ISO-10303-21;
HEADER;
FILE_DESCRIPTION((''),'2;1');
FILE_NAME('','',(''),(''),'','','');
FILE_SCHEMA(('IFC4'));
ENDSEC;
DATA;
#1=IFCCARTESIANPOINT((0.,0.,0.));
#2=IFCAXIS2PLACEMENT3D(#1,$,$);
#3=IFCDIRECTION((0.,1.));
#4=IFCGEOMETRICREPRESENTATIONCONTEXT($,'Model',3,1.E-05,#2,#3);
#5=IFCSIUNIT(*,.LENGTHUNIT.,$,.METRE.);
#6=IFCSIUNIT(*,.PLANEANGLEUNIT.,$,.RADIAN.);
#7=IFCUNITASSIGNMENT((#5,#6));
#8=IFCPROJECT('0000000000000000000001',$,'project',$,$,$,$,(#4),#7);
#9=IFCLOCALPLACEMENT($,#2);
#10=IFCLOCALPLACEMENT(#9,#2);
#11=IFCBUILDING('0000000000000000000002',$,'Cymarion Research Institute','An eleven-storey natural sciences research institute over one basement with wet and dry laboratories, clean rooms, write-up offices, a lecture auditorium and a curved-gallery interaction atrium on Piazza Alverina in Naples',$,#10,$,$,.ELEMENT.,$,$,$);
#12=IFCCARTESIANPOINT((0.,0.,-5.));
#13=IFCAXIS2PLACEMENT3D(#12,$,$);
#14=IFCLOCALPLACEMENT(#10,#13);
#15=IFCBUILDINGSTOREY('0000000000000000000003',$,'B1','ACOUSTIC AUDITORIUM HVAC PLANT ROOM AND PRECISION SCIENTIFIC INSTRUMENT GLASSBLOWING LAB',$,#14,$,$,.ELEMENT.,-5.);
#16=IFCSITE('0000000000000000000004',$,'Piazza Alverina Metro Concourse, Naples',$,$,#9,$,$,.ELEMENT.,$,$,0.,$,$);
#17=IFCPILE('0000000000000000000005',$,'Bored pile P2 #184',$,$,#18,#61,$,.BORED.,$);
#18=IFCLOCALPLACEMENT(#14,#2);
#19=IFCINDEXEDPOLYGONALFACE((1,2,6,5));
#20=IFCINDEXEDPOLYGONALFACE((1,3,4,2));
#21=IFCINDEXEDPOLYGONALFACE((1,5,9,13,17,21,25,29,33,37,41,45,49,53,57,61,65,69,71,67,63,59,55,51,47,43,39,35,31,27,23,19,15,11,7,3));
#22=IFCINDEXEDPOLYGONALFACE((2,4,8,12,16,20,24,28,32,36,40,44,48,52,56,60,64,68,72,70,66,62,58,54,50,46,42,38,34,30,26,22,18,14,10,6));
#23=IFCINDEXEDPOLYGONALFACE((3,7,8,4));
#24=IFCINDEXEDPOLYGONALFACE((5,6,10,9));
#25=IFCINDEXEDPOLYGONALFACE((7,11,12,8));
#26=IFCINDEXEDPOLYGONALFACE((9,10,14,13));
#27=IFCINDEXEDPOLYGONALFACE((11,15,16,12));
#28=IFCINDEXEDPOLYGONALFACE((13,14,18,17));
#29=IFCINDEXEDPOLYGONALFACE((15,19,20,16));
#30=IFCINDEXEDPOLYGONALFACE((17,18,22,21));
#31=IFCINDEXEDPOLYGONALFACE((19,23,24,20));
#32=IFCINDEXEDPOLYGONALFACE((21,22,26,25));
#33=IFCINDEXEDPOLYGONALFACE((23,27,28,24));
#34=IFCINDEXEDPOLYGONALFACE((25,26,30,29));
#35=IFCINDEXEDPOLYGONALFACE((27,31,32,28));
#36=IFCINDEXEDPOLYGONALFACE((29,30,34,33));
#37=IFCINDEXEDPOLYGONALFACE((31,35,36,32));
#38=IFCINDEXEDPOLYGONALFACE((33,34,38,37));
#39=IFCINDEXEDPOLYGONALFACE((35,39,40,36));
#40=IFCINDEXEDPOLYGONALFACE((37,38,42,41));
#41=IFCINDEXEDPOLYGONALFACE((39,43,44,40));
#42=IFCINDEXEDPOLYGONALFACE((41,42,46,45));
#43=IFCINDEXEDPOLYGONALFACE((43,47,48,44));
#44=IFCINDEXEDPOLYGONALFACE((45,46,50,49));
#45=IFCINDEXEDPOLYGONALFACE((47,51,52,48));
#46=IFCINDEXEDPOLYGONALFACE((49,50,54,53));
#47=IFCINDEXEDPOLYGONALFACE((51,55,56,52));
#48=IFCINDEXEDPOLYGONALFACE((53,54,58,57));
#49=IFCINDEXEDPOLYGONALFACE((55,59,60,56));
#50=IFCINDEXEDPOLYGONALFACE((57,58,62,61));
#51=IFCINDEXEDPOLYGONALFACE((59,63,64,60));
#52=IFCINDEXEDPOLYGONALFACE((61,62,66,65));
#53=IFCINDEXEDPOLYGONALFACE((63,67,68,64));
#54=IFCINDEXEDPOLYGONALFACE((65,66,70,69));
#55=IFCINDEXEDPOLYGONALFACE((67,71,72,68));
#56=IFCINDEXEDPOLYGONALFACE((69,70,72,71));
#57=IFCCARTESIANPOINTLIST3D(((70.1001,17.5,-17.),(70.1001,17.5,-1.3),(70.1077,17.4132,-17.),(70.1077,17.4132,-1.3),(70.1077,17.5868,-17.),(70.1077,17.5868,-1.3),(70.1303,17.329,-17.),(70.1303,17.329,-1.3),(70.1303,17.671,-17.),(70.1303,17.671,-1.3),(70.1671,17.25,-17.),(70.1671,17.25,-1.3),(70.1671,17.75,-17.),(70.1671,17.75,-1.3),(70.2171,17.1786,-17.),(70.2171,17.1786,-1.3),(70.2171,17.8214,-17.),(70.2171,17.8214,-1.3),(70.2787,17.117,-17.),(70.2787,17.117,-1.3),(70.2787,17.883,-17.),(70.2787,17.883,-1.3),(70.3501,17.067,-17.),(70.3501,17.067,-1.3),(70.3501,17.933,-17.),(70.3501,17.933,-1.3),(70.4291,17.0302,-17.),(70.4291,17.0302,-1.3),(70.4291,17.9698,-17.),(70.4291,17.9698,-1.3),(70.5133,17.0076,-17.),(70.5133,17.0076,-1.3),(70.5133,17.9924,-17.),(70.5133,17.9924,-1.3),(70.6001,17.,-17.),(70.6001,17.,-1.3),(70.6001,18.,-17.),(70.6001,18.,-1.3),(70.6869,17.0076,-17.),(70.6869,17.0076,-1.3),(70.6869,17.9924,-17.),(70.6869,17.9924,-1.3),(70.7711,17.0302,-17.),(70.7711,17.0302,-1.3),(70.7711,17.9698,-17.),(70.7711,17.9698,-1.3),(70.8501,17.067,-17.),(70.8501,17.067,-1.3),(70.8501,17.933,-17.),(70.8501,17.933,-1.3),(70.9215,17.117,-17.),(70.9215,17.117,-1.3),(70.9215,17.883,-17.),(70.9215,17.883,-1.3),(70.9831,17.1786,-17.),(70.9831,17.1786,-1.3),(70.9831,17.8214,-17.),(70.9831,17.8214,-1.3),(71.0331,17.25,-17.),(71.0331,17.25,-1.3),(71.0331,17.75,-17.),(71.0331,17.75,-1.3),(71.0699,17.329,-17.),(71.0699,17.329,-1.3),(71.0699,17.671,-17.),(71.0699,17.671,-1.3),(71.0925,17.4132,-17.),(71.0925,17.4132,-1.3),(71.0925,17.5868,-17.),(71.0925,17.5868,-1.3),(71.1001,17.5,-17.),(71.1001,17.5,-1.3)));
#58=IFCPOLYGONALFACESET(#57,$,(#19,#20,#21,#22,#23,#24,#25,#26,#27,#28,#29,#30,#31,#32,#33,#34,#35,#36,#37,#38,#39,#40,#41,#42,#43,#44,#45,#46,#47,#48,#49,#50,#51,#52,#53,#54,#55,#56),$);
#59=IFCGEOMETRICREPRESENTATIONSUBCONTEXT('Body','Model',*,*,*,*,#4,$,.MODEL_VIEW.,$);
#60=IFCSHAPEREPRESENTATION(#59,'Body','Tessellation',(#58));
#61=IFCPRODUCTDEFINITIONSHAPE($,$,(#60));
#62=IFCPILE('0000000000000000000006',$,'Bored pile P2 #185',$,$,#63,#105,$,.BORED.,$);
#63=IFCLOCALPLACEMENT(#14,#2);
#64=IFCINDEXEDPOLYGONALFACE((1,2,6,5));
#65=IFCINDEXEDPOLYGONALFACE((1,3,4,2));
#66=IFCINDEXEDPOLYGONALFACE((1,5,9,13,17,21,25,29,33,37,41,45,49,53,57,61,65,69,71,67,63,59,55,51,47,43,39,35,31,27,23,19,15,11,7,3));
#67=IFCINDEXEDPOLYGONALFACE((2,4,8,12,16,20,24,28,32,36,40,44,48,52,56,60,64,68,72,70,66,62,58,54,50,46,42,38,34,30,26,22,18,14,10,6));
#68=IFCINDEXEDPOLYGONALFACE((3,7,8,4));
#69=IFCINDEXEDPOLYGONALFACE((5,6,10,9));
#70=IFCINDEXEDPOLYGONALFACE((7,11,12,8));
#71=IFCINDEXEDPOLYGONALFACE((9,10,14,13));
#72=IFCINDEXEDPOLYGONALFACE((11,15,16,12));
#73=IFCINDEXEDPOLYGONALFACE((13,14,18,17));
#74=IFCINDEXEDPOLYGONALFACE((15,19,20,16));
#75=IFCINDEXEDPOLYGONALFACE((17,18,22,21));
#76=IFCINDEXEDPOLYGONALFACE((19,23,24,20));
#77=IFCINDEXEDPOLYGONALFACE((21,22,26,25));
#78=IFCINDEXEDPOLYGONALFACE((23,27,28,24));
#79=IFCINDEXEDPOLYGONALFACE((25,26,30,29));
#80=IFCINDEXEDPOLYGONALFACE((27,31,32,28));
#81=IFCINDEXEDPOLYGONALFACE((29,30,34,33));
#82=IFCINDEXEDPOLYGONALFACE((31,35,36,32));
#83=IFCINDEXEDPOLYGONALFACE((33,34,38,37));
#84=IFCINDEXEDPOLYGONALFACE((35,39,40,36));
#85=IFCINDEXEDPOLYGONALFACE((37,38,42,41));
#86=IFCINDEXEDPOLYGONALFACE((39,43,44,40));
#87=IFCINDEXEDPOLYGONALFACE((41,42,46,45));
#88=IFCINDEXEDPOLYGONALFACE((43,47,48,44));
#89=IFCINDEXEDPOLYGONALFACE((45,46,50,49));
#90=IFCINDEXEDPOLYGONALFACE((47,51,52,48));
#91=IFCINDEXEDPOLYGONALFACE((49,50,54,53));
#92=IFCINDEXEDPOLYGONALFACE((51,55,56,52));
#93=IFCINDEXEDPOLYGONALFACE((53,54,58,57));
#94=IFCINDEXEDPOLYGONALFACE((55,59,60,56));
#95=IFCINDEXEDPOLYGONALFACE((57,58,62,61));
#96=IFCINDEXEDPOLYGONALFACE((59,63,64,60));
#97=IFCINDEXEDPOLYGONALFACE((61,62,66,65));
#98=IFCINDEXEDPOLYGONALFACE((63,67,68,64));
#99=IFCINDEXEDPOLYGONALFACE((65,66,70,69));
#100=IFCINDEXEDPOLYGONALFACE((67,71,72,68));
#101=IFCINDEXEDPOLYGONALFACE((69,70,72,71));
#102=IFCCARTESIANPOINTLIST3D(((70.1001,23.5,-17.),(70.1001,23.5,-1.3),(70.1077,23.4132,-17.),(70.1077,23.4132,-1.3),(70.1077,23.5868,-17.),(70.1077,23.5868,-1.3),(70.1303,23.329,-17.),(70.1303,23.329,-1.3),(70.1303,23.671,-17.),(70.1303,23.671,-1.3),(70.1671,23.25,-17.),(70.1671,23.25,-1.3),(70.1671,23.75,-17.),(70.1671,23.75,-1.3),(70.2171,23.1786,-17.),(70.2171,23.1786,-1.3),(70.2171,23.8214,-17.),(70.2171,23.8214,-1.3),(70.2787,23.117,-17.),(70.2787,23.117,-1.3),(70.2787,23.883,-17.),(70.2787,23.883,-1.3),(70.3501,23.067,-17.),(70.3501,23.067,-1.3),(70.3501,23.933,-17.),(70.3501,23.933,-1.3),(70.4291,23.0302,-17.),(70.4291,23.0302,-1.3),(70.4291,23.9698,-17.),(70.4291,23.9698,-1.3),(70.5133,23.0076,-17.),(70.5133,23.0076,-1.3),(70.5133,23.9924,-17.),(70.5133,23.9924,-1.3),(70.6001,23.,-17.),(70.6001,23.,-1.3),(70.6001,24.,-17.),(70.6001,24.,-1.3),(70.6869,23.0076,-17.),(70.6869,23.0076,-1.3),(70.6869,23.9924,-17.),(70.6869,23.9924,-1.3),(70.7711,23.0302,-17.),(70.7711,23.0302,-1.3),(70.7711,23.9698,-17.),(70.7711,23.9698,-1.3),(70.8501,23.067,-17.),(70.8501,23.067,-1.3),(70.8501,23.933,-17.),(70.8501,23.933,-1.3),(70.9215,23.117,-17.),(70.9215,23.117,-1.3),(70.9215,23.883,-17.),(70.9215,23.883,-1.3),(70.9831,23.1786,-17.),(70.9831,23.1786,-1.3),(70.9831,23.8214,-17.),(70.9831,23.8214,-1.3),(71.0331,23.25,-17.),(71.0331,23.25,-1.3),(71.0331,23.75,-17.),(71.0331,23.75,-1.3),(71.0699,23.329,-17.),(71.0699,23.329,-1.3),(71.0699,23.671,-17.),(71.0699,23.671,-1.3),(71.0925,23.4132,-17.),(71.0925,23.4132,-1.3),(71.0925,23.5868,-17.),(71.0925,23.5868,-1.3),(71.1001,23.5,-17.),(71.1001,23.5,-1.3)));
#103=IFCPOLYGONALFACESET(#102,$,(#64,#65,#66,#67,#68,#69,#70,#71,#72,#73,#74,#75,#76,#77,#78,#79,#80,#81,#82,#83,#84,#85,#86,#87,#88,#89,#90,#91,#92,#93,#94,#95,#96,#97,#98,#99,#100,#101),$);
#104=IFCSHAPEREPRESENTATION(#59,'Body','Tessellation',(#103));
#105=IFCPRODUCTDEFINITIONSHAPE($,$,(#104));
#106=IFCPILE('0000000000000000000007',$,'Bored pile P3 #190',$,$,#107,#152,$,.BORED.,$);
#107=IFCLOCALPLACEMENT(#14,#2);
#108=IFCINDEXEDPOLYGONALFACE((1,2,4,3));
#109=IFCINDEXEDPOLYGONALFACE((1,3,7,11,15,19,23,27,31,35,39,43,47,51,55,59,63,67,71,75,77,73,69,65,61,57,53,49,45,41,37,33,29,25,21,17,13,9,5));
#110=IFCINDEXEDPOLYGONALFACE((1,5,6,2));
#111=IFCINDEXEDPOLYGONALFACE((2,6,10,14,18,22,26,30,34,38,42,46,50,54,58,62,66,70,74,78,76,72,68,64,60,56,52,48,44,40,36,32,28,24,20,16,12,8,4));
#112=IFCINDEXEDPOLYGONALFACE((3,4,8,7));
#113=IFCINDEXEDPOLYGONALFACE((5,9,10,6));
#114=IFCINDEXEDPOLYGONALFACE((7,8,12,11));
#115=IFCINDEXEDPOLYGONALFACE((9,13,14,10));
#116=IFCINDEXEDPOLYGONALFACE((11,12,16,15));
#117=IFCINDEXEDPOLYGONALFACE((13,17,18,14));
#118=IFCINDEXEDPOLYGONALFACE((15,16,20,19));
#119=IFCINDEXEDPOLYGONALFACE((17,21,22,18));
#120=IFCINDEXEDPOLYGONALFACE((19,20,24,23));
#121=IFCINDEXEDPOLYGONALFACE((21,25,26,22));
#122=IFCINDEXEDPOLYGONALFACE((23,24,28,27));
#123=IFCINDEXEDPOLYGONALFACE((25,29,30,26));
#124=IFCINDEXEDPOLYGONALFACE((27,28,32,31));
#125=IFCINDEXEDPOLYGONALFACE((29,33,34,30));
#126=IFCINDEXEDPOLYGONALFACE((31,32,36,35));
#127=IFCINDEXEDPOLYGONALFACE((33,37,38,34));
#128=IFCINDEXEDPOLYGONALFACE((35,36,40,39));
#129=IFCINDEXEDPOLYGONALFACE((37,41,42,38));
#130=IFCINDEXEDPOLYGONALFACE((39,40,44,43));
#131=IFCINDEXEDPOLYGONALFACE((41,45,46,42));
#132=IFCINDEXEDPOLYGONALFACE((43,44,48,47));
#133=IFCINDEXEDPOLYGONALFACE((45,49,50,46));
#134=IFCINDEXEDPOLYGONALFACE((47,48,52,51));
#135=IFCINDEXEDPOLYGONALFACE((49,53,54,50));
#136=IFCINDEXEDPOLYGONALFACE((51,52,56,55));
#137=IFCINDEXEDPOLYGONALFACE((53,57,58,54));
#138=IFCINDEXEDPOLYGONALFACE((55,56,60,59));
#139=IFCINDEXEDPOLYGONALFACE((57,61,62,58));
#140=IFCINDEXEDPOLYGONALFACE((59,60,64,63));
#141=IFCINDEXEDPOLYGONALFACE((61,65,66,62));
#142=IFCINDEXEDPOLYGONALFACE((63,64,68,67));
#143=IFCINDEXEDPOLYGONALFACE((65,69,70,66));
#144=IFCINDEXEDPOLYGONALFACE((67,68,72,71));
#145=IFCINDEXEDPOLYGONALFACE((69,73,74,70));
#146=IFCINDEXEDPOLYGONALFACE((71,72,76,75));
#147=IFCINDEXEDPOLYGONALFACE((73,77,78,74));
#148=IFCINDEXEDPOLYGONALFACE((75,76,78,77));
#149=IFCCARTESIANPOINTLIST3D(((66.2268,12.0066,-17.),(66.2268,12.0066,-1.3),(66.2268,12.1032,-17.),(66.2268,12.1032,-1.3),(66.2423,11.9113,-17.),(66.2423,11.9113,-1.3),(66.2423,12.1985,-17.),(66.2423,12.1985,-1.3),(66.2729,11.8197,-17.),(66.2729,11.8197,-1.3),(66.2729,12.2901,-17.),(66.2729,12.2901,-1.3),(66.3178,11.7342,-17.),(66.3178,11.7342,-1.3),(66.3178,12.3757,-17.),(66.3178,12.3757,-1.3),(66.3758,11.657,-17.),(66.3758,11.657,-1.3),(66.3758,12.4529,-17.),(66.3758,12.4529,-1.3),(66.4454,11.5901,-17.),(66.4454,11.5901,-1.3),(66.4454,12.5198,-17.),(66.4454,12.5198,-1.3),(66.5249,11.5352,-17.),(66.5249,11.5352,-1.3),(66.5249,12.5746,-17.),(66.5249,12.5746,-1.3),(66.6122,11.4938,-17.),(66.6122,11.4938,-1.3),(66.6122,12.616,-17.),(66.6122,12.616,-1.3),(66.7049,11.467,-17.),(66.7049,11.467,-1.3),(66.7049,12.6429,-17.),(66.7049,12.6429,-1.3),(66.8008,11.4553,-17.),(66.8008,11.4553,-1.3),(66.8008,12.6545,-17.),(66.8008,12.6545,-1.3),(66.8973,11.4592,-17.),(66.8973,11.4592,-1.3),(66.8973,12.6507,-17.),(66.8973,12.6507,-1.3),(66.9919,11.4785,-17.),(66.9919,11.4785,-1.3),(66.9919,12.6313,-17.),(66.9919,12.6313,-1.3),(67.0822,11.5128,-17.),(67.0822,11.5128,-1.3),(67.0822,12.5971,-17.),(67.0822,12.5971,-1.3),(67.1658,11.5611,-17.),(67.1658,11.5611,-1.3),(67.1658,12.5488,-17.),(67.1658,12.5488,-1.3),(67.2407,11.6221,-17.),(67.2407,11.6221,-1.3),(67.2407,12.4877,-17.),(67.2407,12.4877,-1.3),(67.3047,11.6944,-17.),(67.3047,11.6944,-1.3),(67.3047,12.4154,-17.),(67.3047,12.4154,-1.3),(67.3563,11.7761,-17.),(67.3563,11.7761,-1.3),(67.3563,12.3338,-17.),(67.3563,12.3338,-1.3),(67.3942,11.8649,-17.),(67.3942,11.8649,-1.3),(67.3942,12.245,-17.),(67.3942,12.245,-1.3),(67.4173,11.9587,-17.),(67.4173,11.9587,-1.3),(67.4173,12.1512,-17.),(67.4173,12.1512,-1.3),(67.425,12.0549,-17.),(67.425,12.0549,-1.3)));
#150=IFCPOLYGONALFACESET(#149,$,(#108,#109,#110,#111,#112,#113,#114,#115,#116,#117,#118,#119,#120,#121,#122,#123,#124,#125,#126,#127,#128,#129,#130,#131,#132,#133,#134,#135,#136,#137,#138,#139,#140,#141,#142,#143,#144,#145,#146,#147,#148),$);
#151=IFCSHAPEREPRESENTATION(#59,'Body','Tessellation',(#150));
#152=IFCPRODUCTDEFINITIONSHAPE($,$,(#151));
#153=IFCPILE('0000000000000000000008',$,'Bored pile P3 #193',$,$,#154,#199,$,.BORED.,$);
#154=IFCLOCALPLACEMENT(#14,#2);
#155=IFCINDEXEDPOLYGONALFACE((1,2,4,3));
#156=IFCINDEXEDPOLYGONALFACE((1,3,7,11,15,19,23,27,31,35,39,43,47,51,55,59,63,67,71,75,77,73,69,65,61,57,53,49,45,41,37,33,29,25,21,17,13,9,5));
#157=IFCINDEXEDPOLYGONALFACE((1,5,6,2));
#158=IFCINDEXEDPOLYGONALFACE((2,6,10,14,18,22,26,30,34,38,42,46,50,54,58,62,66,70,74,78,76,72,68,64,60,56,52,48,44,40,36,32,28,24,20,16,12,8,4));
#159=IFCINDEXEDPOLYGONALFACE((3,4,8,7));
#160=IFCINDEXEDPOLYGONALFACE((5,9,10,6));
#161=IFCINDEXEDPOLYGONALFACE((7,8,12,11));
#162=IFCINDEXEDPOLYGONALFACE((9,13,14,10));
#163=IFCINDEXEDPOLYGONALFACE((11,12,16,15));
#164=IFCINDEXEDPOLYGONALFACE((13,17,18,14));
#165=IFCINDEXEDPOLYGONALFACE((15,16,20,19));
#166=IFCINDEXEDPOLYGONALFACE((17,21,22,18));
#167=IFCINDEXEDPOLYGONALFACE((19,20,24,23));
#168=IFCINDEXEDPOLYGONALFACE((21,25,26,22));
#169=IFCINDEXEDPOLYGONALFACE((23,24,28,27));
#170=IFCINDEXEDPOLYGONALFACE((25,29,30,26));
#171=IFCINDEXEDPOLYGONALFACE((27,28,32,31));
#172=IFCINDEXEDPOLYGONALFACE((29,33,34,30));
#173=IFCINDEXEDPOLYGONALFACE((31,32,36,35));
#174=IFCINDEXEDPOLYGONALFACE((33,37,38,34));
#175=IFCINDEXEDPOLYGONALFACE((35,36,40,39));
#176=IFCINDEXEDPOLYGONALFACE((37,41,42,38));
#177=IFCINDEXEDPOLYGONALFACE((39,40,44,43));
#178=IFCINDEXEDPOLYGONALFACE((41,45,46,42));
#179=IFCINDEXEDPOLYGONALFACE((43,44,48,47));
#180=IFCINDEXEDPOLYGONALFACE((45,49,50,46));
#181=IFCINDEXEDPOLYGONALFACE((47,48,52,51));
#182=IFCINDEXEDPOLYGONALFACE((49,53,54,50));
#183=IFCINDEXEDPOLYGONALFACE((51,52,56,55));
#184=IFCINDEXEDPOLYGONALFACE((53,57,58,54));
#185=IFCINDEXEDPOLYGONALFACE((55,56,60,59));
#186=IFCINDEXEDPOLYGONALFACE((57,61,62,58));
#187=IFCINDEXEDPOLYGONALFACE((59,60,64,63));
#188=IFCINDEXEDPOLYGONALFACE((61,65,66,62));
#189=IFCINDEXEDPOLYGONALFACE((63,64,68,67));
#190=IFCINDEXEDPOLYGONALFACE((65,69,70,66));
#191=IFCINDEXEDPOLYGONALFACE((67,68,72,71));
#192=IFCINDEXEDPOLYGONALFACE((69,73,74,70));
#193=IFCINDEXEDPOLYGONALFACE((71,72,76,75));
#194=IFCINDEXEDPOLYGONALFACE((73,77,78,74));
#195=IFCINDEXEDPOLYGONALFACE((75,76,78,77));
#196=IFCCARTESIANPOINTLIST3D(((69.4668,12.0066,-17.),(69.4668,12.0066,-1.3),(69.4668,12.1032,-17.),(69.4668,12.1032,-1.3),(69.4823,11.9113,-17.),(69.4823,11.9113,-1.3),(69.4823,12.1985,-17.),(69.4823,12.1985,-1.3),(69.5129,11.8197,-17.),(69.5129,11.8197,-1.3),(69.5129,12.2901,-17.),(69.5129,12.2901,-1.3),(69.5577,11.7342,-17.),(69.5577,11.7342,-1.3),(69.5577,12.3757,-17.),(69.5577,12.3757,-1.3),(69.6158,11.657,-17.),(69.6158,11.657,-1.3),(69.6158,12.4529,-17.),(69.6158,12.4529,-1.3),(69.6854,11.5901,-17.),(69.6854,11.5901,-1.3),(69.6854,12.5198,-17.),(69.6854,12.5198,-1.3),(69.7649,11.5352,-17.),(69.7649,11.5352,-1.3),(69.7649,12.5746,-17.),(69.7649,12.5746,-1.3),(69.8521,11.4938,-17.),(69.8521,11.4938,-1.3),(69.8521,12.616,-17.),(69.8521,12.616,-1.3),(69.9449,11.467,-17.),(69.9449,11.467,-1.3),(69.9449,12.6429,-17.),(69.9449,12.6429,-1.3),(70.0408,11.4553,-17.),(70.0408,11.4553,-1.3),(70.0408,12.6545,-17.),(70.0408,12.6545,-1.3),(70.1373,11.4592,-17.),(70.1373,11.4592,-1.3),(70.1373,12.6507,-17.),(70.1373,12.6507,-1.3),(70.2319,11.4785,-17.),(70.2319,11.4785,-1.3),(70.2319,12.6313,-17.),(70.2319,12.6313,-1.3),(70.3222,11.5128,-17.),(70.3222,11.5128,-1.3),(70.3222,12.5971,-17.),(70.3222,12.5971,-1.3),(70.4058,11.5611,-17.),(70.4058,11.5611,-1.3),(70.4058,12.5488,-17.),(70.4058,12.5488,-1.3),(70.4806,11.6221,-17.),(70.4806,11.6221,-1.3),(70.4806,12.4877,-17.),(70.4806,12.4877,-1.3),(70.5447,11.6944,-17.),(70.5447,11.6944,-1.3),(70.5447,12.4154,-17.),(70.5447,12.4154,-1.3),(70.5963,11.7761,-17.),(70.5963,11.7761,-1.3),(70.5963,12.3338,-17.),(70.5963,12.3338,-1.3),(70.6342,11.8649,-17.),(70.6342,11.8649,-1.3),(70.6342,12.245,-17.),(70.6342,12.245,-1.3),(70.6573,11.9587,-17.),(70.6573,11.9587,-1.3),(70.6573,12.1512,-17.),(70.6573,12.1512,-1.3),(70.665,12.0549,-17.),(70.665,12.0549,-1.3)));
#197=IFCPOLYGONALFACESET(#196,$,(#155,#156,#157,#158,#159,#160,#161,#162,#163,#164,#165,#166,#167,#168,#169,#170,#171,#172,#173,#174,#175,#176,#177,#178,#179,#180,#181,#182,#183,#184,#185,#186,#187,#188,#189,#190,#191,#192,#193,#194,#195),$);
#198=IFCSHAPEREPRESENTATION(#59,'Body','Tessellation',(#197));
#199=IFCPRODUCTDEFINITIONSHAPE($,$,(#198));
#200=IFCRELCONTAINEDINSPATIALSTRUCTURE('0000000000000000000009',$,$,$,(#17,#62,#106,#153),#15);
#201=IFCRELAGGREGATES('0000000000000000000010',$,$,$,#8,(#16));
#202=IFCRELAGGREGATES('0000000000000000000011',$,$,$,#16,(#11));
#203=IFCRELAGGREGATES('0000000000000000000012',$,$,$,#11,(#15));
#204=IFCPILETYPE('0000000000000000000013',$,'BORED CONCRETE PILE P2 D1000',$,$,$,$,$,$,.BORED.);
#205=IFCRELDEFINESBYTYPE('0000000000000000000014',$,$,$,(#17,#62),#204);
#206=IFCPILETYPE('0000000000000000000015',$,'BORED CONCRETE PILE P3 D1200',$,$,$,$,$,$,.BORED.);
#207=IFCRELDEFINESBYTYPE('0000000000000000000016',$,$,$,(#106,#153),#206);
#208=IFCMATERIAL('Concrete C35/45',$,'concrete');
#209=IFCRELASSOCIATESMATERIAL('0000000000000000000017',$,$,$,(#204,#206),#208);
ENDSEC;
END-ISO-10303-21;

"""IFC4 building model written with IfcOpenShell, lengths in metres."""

from ifc_helpers import new_model, si_unit, direction, frame, origin, origin_2d, place, context, subcontext, project, spatial, circle, extrude, material, material_profile, profile_set, type_object, element, save


model = new_model("IFC4")

# Units and contexts
model_context = context("Model", 3, precision=1e-05, world=origin(), true_north=direction((0.0, 1.0)))
body_context = subcontext(model_context, "Body", "Model", "MODEL_VIEW")
ifc_project = project(units=[si_unit("LENGTHUNIT", "METRE"), si_unit("PLANEANGLEUNIT", "RADIAN")], contexts=[model_context])

# Site, building, storey
site_placement = place(None, origin())
site = spatial("IfcSite", under=ifc_project, at=site_placement, Name="Piazza Alverina Metro Concourse, Naples", CompositionType="ELEMENT", RefElevation=0.0)
building_placement = place(site_placement, origin())
building = spatial("IfcBuilding", under=site, at=building_placement, Name="Cymarion Research Institute", Description="An eleven-storey natural sciences research institute over one basement with wet and dry laboratories, clean rooms, write-up offices, a lecture auditorium and a curved-gallery interaction atrium on Piazza Alverina in Naples", CompositionType="ELEMENT")
storey_placement = place(building_placement, frame((0.0, 0.0, -5.0)))
storey = spatial("IfcBuildingStorey", under=building, at=storey_placement, Name="B1", Description="ACOUSTIC AUDITORIUM HVAC PLANT ROOM AND PRECISION SCIENTIFIC INSTRUMENT GLASSBLOWING LAB", CompositionType="ELEMENT", Elevation=-5.0)

# Piles
ifc_material_1 = material(Name="Concrete C35/45", Category="concrete")
ifc_material_profile_1 = material_profile(ifc_material_1, circle(Radius=0.5, at=origin_2d()), Name="BORED PILE D1000")
ifc_profile_set_1 = profile_set([ifc_material_profile_1], Name="Concrete C35/45")
pile_type_1 = type_object("IfcPileType", Name="BORED CONCRETE PILE P2 D1000", PredefinedType="BORED", material=ifc_profile_set_1)
for number, where, z_axis, x_axis, name in (
    (1, (70.6001, 17.5, -1.3), (0.0, 0.0, -1.0), (1.0, 0.0, 0.0), "Bored pile P2 #184"),
    (2, (70.6001, 23.5, -1.3), (0.0, 0.0, -1.0), (1.0, 0.0, 0.0), "Bored pile P2 #185"),
):
    element("IfcPile", number, at=place(storey_placement, frame(where, z_axis=z_axis, x_axis=x_axis)), inside=storey, type_object=pile_type_1, Name=name, PredefinedType="BORED", context=body_context, shape_type="SweptSolid", body=[
        extrude(circle(Radius=0.5, at=origin_2d()), origin(), (0.0, 0.0, 1.0), 15.7),
    ])
ifc_material_profile_2 = material_profile(ifc_material_1, circle(Radius=0.6001, at=origin_2d()), Name="BORED PILE D1200")
ifc_profile_set_2 = profile_set([ifc_material_profile_2], Name="Concrete C35/45")
pile_type_2 = type_object("IfcPileType", Name="BORED CONCRETE PILE P3 D1200", PredefinedType="BORED", material=ifc_profile_set_2)
for number, where, z_axis, x_axis, name in (
    (3, (66.825, 12.0549, -1.3), (0.0, 0.0, -1.0), (1.0, 0.0, 0.0), "Bored pile P3 #190"),
    (4, (70.0649, 12.0549, -1.3), (0.0, 0.0, -1.0), (1.0, 0.0, 0.0), "Bored pile P3 #193"),
):
    element("IfcPile", number, at=place(storey_placement, frame(where, z_axis=z_axis, x_axis=x_axis)), inside=storey, type_object=pile_type_2, Name=name, PredefinedType="BORED", context=body_context, shape_type="SweptSolid", body=[
        extrude(circle(Radius=0.6001, at=origin_2d()), origin(), (0.0, 0.0, 1.0), 15.7),
    ])

save(model, "model.ifc")
